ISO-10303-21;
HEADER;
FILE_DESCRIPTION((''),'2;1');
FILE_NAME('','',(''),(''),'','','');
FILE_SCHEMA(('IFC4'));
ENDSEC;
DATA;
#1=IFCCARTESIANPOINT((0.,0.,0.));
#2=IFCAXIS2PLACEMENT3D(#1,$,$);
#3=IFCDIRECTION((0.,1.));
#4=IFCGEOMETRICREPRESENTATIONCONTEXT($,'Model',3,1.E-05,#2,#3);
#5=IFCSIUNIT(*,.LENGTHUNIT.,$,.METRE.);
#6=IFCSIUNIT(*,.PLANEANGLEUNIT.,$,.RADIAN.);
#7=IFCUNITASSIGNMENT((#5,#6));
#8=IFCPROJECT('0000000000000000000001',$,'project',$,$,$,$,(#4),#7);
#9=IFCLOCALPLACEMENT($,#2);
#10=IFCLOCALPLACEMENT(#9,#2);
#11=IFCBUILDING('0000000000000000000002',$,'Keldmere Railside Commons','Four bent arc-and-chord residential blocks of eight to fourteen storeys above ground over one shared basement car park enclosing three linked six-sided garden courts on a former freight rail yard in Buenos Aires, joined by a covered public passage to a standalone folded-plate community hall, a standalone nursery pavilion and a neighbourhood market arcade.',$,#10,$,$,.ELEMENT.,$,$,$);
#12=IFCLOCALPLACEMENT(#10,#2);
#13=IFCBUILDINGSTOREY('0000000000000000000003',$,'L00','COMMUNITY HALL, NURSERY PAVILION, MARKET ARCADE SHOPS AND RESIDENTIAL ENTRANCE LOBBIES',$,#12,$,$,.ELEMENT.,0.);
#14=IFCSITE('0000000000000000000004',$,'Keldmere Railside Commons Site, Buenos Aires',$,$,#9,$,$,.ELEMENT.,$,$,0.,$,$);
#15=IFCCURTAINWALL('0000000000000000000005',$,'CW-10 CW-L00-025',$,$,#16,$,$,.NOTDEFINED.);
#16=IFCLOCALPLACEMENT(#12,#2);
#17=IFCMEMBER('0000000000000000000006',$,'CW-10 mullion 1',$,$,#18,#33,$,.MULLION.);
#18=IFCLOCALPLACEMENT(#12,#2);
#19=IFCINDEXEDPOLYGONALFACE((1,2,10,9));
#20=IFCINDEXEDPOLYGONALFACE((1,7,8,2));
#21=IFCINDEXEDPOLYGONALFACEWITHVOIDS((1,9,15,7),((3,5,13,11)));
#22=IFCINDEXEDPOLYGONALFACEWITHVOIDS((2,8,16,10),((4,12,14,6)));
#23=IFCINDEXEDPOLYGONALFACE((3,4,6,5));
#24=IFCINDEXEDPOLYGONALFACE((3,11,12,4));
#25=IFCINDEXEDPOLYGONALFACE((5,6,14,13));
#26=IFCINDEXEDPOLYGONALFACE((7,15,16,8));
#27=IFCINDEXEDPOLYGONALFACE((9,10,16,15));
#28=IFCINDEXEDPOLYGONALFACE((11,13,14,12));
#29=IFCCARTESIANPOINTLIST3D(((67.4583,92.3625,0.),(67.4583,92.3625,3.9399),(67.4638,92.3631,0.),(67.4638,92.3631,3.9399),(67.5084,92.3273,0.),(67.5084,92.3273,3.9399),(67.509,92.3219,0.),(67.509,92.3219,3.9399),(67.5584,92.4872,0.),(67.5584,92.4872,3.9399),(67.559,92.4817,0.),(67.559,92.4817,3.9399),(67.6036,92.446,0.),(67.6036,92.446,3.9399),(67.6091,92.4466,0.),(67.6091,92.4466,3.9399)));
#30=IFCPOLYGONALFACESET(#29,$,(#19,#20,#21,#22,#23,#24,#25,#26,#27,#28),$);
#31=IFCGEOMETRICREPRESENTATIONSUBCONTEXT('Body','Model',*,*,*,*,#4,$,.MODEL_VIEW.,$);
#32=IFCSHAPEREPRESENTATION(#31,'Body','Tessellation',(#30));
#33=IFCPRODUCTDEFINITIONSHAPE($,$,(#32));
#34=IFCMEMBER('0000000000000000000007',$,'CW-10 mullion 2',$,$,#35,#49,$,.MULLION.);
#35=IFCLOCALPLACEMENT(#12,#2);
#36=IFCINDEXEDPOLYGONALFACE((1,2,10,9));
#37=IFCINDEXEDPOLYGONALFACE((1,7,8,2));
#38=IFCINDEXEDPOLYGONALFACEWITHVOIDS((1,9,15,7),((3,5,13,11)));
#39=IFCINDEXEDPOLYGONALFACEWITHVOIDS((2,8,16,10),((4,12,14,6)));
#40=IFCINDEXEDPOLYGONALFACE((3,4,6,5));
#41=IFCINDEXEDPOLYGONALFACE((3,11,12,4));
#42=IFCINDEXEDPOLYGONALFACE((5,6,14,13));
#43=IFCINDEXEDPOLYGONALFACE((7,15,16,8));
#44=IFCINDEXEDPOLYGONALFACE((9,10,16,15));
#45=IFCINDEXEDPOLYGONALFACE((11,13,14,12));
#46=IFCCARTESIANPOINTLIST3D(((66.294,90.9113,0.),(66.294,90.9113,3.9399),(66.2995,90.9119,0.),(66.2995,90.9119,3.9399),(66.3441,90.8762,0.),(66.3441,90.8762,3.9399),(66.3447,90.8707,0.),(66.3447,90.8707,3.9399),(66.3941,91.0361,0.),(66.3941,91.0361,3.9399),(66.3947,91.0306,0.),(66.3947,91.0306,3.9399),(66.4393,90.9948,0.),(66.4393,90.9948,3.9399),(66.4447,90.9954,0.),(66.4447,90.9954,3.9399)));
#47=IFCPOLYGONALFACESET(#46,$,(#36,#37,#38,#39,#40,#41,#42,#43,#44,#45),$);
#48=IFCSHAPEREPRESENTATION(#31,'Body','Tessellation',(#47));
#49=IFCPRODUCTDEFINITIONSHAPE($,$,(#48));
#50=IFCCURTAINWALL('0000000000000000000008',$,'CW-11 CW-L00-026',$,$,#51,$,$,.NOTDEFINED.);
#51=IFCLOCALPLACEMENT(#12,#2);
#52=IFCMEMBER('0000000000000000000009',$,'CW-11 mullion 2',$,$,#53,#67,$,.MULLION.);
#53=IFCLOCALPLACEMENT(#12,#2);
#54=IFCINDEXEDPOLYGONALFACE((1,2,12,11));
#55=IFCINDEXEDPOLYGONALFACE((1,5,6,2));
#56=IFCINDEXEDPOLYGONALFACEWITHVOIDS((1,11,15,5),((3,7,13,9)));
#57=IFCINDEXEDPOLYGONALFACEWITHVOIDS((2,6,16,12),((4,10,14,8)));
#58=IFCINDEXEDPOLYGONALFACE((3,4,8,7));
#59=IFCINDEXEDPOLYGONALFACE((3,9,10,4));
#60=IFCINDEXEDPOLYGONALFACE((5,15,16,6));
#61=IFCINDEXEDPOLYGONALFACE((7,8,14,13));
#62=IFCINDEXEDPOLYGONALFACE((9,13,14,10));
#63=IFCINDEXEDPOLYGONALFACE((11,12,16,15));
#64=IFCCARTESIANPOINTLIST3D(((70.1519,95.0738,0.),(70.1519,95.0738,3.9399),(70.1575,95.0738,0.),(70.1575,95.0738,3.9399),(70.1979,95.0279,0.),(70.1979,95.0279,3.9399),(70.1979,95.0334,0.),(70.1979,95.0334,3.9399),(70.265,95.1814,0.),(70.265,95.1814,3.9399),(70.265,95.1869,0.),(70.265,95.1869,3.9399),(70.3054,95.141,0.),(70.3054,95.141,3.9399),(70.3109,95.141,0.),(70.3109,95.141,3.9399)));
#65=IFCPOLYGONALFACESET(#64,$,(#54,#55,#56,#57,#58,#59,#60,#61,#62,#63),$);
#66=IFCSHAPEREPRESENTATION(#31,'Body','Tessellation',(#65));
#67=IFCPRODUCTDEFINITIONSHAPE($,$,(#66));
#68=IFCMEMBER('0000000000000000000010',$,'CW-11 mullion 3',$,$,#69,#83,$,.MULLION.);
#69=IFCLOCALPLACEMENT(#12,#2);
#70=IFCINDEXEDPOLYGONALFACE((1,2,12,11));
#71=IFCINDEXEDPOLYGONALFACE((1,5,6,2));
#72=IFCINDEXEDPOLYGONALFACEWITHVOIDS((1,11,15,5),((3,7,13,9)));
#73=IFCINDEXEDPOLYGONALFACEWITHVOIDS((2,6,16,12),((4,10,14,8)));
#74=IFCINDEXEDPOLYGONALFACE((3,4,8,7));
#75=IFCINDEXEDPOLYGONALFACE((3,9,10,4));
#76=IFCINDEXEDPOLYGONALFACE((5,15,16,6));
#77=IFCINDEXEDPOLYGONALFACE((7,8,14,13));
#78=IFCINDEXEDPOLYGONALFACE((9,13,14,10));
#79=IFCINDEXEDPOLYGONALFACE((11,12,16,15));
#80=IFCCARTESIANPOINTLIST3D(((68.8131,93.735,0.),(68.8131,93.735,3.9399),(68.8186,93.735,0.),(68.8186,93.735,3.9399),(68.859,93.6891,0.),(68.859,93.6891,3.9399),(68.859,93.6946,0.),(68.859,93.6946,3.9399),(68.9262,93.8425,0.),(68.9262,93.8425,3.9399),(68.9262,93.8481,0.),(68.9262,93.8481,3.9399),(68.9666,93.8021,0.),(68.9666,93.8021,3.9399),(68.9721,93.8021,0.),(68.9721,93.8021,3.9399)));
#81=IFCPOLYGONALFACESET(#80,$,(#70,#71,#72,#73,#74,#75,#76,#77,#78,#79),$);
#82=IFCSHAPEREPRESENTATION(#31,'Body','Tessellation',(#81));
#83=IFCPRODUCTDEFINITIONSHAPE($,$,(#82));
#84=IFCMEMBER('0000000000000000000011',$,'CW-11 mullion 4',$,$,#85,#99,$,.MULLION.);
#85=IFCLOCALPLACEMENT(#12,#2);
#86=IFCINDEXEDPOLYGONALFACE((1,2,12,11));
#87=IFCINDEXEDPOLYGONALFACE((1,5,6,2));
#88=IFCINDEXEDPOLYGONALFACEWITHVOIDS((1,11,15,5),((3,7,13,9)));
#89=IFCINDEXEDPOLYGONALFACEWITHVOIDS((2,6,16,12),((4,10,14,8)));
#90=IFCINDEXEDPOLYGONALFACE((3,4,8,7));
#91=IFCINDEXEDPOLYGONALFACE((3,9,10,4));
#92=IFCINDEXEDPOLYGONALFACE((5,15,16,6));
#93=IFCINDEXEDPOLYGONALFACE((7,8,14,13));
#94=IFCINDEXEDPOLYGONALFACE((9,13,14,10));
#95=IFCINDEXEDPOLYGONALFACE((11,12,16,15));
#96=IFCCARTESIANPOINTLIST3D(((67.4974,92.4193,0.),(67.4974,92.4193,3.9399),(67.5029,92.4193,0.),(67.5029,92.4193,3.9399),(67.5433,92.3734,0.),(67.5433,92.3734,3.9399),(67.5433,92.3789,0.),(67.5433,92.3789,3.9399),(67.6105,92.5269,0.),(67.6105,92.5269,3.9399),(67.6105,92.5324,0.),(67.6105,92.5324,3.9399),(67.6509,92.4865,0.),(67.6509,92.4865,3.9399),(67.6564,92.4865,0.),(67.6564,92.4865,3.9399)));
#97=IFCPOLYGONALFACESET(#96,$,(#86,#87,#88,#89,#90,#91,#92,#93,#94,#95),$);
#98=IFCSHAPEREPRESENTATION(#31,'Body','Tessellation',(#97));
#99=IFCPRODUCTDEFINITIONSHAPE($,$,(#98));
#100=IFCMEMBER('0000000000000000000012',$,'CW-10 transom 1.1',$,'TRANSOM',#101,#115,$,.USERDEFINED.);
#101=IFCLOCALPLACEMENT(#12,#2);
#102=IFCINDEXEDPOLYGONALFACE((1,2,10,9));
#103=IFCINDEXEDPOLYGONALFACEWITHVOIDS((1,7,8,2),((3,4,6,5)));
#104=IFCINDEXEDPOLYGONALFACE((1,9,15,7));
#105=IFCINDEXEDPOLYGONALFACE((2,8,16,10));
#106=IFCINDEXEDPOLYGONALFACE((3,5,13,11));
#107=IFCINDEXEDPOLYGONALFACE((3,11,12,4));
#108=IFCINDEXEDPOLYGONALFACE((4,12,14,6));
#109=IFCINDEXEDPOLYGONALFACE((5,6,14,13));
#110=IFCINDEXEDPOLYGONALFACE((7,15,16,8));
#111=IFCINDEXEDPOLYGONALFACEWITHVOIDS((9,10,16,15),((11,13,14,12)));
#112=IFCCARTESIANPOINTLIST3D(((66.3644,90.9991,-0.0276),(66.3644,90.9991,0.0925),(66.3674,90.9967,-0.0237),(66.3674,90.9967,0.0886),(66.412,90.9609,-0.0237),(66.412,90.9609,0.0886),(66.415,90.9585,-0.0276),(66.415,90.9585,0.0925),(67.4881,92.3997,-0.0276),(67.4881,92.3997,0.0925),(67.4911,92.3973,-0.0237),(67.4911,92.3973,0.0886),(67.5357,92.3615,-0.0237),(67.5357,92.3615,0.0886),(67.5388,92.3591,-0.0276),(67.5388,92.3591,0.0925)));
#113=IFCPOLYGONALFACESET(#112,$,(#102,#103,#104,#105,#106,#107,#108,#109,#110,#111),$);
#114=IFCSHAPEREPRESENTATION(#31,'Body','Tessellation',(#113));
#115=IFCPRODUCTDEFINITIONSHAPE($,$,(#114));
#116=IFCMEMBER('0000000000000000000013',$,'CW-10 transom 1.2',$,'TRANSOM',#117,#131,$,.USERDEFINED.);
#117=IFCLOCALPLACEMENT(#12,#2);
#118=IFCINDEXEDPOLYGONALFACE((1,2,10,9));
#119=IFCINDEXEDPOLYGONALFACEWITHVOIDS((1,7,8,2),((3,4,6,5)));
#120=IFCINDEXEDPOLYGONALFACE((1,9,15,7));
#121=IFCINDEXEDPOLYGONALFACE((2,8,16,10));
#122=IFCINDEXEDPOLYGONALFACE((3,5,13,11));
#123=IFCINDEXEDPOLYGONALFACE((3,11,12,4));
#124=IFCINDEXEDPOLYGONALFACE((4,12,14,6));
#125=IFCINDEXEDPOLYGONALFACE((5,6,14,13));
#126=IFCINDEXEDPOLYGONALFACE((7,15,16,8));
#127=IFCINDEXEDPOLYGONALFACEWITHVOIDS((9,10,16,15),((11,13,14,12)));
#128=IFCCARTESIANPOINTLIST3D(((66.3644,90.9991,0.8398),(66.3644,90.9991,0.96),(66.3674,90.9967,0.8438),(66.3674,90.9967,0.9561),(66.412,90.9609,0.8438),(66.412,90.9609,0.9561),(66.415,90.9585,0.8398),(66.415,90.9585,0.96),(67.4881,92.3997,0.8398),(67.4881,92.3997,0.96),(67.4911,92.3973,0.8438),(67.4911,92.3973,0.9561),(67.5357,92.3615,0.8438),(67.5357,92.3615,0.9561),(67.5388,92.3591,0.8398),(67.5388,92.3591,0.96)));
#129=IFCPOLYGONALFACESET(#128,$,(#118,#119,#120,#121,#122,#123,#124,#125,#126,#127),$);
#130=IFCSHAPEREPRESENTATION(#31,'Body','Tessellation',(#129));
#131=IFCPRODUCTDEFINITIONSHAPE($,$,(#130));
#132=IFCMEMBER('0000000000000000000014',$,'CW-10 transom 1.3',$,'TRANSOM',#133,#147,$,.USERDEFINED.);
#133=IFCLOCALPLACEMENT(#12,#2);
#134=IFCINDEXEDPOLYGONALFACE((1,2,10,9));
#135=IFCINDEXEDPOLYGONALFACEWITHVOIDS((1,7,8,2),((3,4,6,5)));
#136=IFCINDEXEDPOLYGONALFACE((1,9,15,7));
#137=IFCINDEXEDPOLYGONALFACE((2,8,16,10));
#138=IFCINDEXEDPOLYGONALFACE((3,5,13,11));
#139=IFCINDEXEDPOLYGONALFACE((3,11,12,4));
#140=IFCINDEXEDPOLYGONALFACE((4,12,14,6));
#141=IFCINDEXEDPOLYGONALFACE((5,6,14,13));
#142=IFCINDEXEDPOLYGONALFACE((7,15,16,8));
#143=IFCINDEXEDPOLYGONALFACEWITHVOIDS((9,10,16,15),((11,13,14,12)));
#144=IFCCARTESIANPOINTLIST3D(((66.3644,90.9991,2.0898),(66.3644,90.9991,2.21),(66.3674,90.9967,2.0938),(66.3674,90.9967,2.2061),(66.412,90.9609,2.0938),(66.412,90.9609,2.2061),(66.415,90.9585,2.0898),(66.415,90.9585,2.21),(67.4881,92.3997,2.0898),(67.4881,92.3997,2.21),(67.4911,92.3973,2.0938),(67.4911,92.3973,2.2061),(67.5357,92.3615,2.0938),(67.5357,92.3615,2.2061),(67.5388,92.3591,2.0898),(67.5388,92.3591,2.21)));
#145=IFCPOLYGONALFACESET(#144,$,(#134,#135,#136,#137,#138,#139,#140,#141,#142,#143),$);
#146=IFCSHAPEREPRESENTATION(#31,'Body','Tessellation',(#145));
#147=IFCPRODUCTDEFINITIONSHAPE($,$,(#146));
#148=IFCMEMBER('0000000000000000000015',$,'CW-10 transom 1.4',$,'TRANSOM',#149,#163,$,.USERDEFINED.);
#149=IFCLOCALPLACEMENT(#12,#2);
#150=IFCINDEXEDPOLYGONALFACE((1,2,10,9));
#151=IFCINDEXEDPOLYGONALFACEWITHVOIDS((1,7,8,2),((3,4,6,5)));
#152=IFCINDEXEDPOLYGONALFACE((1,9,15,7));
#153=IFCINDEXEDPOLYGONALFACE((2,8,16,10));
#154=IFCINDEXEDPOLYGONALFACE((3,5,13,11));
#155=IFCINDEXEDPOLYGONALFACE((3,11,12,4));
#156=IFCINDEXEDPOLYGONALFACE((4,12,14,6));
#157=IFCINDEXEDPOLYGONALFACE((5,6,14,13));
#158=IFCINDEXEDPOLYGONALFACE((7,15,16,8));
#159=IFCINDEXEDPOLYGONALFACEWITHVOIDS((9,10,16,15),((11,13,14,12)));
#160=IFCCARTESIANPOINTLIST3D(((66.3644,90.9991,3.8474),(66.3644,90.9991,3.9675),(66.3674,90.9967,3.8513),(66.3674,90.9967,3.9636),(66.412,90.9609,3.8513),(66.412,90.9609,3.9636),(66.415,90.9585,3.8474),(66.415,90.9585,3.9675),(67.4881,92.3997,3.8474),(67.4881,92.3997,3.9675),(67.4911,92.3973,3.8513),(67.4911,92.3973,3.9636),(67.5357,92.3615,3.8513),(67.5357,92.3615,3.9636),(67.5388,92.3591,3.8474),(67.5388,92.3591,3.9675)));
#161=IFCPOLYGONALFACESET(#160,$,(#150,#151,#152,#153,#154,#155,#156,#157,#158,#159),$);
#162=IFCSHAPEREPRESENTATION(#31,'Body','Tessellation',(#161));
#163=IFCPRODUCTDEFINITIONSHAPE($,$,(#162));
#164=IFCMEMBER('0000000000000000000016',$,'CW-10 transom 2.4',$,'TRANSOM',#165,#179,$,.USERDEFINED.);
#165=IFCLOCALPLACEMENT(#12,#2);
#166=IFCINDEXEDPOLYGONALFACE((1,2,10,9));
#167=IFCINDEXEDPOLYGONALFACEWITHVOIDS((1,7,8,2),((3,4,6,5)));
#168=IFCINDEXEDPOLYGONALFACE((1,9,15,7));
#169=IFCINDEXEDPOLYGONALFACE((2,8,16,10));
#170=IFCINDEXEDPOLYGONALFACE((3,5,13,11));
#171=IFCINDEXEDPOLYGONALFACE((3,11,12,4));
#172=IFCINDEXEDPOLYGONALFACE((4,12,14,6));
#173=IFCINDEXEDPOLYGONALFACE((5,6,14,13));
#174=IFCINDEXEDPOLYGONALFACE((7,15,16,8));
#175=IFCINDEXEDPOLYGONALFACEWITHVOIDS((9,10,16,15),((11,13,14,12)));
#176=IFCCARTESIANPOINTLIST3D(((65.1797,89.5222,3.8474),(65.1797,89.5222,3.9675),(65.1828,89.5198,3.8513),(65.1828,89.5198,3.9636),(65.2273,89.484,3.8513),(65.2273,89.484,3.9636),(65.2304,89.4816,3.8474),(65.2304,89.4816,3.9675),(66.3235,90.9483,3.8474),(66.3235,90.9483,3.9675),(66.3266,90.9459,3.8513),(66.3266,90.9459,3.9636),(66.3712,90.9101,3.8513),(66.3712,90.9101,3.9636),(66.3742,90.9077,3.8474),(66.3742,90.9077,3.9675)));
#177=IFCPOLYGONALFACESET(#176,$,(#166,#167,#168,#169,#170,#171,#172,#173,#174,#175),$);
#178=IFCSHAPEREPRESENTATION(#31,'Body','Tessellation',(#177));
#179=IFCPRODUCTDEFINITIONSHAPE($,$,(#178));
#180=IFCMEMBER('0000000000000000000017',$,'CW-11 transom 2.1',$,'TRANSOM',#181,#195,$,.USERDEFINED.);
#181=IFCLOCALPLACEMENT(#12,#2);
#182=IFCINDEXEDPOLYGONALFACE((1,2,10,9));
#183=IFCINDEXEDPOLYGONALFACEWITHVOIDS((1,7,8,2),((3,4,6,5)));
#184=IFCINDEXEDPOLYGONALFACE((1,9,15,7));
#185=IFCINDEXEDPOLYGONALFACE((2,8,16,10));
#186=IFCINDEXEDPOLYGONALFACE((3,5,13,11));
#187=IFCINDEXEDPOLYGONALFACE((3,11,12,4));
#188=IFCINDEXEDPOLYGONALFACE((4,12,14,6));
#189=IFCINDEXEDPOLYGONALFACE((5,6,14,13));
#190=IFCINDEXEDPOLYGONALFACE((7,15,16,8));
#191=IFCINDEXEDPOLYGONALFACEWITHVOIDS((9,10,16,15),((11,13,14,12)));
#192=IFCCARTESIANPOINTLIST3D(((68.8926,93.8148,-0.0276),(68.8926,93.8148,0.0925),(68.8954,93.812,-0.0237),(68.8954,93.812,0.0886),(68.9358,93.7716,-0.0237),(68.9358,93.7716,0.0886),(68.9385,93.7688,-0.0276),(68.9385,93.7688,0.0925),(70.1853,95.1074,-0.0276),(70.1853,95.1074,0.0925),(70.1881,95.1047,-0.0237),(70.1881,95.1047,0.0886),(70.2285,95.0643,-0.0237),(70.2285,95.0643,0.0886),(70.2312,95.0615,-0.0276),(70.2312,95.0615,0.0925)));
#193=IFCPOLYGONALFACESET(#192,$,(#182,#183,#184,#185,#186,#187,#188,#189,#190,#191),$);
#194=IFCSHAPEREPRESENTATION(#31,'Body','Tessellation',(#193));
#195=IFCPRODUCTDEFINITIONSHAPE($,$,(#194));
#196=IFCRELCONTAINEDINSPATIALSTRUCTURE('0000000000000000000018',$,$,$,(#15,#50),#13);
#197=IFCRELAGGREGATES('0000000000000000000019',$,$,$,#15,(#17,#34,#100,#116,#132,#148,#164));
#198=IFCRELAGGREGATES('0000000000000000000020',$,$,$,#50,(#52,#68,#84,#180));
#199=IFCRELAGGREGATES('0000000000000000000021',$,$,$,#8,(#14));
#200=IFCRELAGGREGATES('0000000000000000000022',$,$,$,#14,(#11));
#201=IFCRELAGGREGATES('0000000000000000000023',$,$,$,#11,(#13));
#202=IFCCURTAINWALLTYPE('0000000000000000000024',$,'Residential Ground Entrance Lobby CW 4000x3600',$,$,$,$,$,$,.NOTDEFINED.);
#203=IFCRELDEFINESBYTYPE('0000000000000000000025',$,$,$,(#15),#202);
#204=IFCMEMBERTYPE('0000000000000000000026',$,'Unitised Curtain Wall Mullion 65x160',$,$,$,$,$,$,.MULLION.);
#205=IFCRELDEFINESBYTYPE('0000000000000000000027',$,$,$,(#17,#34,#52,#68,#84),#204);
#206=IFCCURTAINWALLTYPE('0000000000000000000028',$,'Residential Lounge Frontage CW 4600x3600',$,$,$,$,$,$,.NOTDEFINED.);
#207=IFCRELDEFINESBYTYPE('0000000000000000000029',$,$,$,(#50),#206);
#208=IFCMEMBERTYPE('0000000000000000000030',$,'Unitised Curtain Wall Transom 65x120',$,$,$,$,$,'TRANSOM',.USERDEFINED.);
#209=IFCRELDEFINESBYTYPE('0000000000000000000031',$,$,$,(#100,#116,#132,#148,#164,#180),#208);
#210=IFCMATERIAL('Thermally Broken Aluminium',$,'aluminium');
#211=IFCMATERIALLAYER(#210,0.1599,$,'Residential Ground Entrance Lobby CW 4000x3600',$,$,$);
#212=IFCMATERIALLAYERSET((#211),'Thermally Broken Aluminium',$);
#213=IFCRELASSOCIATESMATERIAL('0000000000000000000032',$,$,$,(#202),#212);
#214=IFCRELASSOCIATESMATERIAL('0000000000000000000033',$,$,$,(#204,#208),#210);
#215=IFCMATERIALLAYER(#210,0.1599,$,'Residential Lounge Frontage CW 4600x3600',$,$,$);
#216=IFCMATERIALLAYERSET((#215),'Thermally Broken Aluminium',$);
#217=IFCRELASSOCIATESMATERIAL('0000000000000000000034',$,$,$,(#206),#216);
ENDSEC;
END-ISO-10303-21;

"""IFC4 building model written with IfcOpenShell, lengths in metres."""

from ifc_helpers import new_model, si_unit, direction, frame, origin, origin_2d, place, context, subcontext, project, spatial, hollow_rectangle, extrude, material, layer, layer_set, material_profile, profile_set, type_object, element, aggregate, save


model = new_model("IFC4")

# Units and contexts
model_context = context("Model", 3, precision=1e-05, world=origin(), true_north=direction((0.0, 1.0)))
body_context = subcontext(model_context, "Body", "Model", "MODEL_VIEW")
ifc_project = project(units=[si_unit("LENGTHUNIT", "METRE"), si_unit("PLANEANGLEUNIT", "RADIAN")], contexts=[model_context])

# Site, building, storey
site_placement = place(None, origin())
site = spatial("IfcSite", under=ifc_project, at=site_placement, Name="Keldmere Railside Commons Site, Buenos Aires", CompositionType="ELEMENT", RefElevation=0.0)
building_placement = place(site_placement, origin())
building = spatial("IfcBuilding", under=site, at=building_placement, Name="Keldmere Railside Commons", Description="Four bent arc-and-chord residential blocks of eight to fourteen storeys above ground over one shared basement car park enclosing three linked six-sided garden courts on a former freight rail yard in Buenos Aires, joined by a covered public passage to a standalone folded-plate community hall, a standalone nursery pavilion and a neighbourhood market arcade.", CompositionType="ELEMENT")
storey_placement = place(building_placement, origin())
storey = spatial("IfcBuildingStorey", under=building, at=storey_placement, Name="L00", Description="COMMUNITY HALL, NURSERY PAVILION, MARKET ARCADE SHOPS AND RESIDENTIAL ENTRANCE LOBBIES", CompositionType="ELEMENT", Elevation=0.0)

# Curtain walls, members
ifc_material_1 = material(Name="Thermally Broken Aluminium", Category="aluminium")
ifc_layer_1 = layer(ifc_material_1, 0.1599, Name="Residential Ground Entrance Lobby CW 4000x3600")
ifc_layer_set_1 = layer_set([ifc_layer_1], Name="Thermally Broken Aluminium")
curtain_wall_type_1 = type_object("IfcCurtainWallType", Name="Residential Ground Entrance Lobby CW 4000x3600", PredefinedType="NOTDEFINED", material=ifc_layer_set_1)
curtain_wall_1_placement = place(storey_placement, origin())
curtain_wall_1 = element("IfcCurtainWall", 1, at=curtain_wall_1_placement, inside=storey, type_object=curtain_wall_type_1, Name="CW-10 CW-L00-025", PredefinedType="NOTDEFINED")
ifc_material_profile_1 = material_profile(ifc_material_1, hollow_rectangle(XDim=0.0649, YDim=0.1599, WallThickness=0.0039, at=origin_2d()), Name="ALU-MULL-65x160")
ifc_profile_set_1 = profile_set([ifc_material_profile_1], Name="Thermally Broken Aluminium")
member_type_1 = type_object("IfcMemberType", Name="Unitised Curtain Wall Mullion 65x160", PredefinedType="MULLION", material=ifc_profile_set_1)
member_1_placement = place(storey_placement, frame((67.5337, 92.4045, 0.0), z_axis=(0.0, 0.0, 1.0), x_axis=(0.780009, -0.625768, 0.0)))
member_1 = element("IfcMember", 2, at=member_1_placement, type_object=member_type_1, Name="CW-10 mullion 1", PredefinedType="MULLION", context=body_context, shape_type="SweptSolid", body=[
    extrude(hollow_rectangle(XDim=0.0649, YDim=0.1599, WallThickness=0.0039, at=origin_2d()), origin(), (0.0, 0.0, 1.0), 3.9399),
])
member_2_placement = place(storey_placement, frame((66.3694, 90.9534, 0.0), z_axis=(0.0, 0.0, 1.0), x_axis=(0.780009, -0.625768, 0.0)))
member_2 = element("IfcMember", 3, at=member_2_placement, type_object=member_type_1, Name="CW-10 mullion 2", PredefinedType="MULLION", context=body_context, shape_type="SweptSolid", body=[
    extrude(hollow_rectangle(XDim=0.0649, YDim=0.1599, WallThickness=0.0039, at=origin_2d()), origin(), (0.0, 0.0, 1.0), 3.9399),
])
ifc_layer_2 = layer(ifc_material_1, 0.1599, Name="Residential Lounge Frontage CW 4600x3600")
ifc_layer_set_2 = layer_set([ifc_layer_2], Name="Thermally Broken Aluminium")
curtain_wall_type_2 = type_object("IfcCurtainWallType", Name="Residential Lounge Frontage CW 4600x3600", PredefinedType="NOTDEFINED", material=ifc_layer_set_2)
curtain_wall_2_placement = place(storey_placement, origin())
curtain_wall_2 = element("IfcCurtainWall", 4, at=curtain_wall_2_placement, inside=storey, type_object=curtain_wall_type_2, Name="CW-11 CW-L00-026", PredefinedType="NOTDEFINED")
member_3_placement = place(storey_placement, frame((70.2314, 95.1074, 0.0), z_axis=(0.0, 0.0, 1.0), x_axis=(0.707107, -0.707107, 0.0)))
member_3 = element("IfcMember", 5, at=member_3_placement, type_object=member_type_1, Name="CW-11 mullion 2", PredefinedType="MULLION", context=body_context, shape_type="SweptSolid", body=[
    extrude(hollow_rectangle(XDim=0.0649, YDim=0.1599, WallThickness=0.0039, at=origin_2d()), origin(), (0.0, 0.0, 1.0), 3.9399),
])
member_4_placement = place(storey_placement, frame((68.8926, 93.7686, 0.0), z_axis=(0.0, 0.0, 1.0), x_axis=(0.707107, -0.707107, 0.0)))
member_4 = element("IfcMember", 6, at=member_4_placement, type_object=member_type_1, Name="CW-11 mullion 3", PredefinedType="MULLION", context=body_context, shape_type="SweptSolid", body=[
    extrude(hollow_rectangle(XDim=0.0649, YDim=0.1599, WallThickness=0.0039, at=origin_2d()), origin(), (0.0, 0.0, 1.0), 3.9399),
])
member_5_placement = place(storey_placement, frame((67.5769, 92.4529, 0.0), z_axis=(0.0, 0.0, 1.0), x_axis=(0.707107, -0.707107, 0.0)))
member_5 = element("IfcMember", 7, at=member_5_placement, type_object=member_type_1, Name="CW-11 mullion 4", PredefinedType="MULLION", context=body_context, shape_type="SweptSolid", body=[
    extrude(hollow_rectangle(XDim=0.0649, YDim=0.1599, WallThickness=0.0039, at=origin_2d()), origin(), (0.0, 0.0, 1.0), 3.9399),
])

# Members
ifc_material_profile_2 = material_profile(ifc_material_1, hollow_rectangle(XDim=0.0649, YDim=0.1201, WallThickness=0.0039, at=origin_2d()), Name="ALU-TRAN-65x120")
ifc_profile_set_2 = profile_set([ifc_material_profile_2], Name="Thermally Broken Aluminium")
member_type_2 = type_object("IfcMemberType", Name="Unitised Curtain Wall Transom 65x120", ElementType="TRANSOM", PredefinedType="USERDEFINED", material=ifc_profile_set_2)
member_6_placement = place(storey_placement, frame((67.5134, 92.3794, 0.0325), z_axis=(-0.625805, -0.779979, 0.0), x_axis=(0.779979, -0.625805, 0.0)))
member_6 = element("IfcMember", 8, at=member_6_placement, type_object=member_type_2, Name="CW-10 transom 1.1", ObjectType="TRANSOM", PredefinedType="USERDEFINED", context=body_context, shape_type="SweptSolid", body=[
    extrude(hollow_rectangle(XDim=0.0649, YDim=0.1201, WallThickness=0.0039, at=origin_2d()), origin(), (0.0, 0.0, 1.0), 1.7957),
])
member_7_placement = place(storey_placement, frame((67.5134, 92.3794, 0.8999), z_axis=(-0.625805, -0.779979, 0.0), x_axis=(0.779979, -0.625805, 0.0)))
member_7 = element("IfcMember", 9, at=member_7_placement, type_object=member_type_2, Name="CW-10 transom 1.2", ObjectType="TRANSOM", PredefinedType="USERDEFINED", context=body_context, shape_type="SweptSolid", body=[
    extrude(hollow_rectangle(XDim=0.0649, YDim=0.1201, WallThickness=0.0039, at=origin_2d()), origin(), (0.0, 0.0, 1.0), 1.7957),
])
member_8_placement = place(storey_placement, frame((67.5134, 92.3794, 2.1499), z_axis=(-0.625805, -0.779979, 0.0), x_axis=(0.779979, -0.625805, 0.0)))
member_8 = element("IfcMember", 10, at=member_8_placement, type_object=member_type_2, Name="CW-10 transom 1.3", ObjectType="TRANSOM", PredefinedType="USERDEFINED", context=body_context, shape_type="SweptSolid", body=[
    extrude(hollow_rectangle(XDim=0.0649, YDim=0.1201, WallThickness=0.0039, at=origin_2d()), origin(), (0.0, 0.0, 1.0), 1.7957),
])
member_9_placement = place(storey_placement, frame((67.5134, 92.3794, 3.9075), z_axis=(-0.625805, -0.779979, 0.0), x_axis=(0.779979, -0.625805, 0.0)))
member_9 = element("IfcMember", 11, at=member_9_placement, type_object=member_type_2, Name="CW-10 transom 1.4", ObjectType="TRANSOM", PredefinedType="USERDEFINED", context=body_context, shape_type="SweptSolid", body=[
    extrude(hollow_rectangle(XDim=0.0649, YDim=0.1201, WallThickness=0.0039, at=origin_2d()), origin(), (0.0, 0.0, 1.0), 1.7957),
])
member_10_placement = place(storey_placement, frame((66.3489, 90.928, 3.9075), z_axis=(-0.625688, -0.780073, 0.0), x_axis=(0.780073, -0.625688, 0.0)))
member_10 = element("IfcMember", 12, at=member_10_placement, type_object=member_type_2, Name="CW-10 transom 2.4", ObjectType="TRANSOM", PredefinedType="USERDEFINED", context=body_context, shape_type="SweptSolid", body=[
    extrude(hollow_rectangle(XDim=0.0649, YDim=0.1201, WallThickness=0.0039, at=origin_2d()), origin(), (0.0, 0.0, 1.0), 1.8281),
])
member_11_placement = place(storey_placement, frame((70.2083, 95.0845, 0.0325), z_axis=(-0.707107, -0.707107, 0.0), x_axis=(0.707107, -0.707107, 0.0)))
member_11 = element("IfcMember", 13, at=member_11_placement, type_object=member_type_2, Name="CW-11 transom 2.1", ObjectType="TRANSOM", PredefinedType="USERDEFINED", context=body_context, shape_type="SweptSolid", body=[
    extrude(hollow_rectangle(XDim=0.0649, YDim=0.1201, WallThickness=0.0039, at=origin_2d()), origin(), (0.0, 0.0, 1.0), 1.8281),
])

aggregate(curtain_wall_1, [member_1, member_2, member_6, member_7, member_8, member_9, member_10])
aggregate(curtain_wall_2, [member_3, member_4, member_5, member_11])

save(model, "model.ifc")
